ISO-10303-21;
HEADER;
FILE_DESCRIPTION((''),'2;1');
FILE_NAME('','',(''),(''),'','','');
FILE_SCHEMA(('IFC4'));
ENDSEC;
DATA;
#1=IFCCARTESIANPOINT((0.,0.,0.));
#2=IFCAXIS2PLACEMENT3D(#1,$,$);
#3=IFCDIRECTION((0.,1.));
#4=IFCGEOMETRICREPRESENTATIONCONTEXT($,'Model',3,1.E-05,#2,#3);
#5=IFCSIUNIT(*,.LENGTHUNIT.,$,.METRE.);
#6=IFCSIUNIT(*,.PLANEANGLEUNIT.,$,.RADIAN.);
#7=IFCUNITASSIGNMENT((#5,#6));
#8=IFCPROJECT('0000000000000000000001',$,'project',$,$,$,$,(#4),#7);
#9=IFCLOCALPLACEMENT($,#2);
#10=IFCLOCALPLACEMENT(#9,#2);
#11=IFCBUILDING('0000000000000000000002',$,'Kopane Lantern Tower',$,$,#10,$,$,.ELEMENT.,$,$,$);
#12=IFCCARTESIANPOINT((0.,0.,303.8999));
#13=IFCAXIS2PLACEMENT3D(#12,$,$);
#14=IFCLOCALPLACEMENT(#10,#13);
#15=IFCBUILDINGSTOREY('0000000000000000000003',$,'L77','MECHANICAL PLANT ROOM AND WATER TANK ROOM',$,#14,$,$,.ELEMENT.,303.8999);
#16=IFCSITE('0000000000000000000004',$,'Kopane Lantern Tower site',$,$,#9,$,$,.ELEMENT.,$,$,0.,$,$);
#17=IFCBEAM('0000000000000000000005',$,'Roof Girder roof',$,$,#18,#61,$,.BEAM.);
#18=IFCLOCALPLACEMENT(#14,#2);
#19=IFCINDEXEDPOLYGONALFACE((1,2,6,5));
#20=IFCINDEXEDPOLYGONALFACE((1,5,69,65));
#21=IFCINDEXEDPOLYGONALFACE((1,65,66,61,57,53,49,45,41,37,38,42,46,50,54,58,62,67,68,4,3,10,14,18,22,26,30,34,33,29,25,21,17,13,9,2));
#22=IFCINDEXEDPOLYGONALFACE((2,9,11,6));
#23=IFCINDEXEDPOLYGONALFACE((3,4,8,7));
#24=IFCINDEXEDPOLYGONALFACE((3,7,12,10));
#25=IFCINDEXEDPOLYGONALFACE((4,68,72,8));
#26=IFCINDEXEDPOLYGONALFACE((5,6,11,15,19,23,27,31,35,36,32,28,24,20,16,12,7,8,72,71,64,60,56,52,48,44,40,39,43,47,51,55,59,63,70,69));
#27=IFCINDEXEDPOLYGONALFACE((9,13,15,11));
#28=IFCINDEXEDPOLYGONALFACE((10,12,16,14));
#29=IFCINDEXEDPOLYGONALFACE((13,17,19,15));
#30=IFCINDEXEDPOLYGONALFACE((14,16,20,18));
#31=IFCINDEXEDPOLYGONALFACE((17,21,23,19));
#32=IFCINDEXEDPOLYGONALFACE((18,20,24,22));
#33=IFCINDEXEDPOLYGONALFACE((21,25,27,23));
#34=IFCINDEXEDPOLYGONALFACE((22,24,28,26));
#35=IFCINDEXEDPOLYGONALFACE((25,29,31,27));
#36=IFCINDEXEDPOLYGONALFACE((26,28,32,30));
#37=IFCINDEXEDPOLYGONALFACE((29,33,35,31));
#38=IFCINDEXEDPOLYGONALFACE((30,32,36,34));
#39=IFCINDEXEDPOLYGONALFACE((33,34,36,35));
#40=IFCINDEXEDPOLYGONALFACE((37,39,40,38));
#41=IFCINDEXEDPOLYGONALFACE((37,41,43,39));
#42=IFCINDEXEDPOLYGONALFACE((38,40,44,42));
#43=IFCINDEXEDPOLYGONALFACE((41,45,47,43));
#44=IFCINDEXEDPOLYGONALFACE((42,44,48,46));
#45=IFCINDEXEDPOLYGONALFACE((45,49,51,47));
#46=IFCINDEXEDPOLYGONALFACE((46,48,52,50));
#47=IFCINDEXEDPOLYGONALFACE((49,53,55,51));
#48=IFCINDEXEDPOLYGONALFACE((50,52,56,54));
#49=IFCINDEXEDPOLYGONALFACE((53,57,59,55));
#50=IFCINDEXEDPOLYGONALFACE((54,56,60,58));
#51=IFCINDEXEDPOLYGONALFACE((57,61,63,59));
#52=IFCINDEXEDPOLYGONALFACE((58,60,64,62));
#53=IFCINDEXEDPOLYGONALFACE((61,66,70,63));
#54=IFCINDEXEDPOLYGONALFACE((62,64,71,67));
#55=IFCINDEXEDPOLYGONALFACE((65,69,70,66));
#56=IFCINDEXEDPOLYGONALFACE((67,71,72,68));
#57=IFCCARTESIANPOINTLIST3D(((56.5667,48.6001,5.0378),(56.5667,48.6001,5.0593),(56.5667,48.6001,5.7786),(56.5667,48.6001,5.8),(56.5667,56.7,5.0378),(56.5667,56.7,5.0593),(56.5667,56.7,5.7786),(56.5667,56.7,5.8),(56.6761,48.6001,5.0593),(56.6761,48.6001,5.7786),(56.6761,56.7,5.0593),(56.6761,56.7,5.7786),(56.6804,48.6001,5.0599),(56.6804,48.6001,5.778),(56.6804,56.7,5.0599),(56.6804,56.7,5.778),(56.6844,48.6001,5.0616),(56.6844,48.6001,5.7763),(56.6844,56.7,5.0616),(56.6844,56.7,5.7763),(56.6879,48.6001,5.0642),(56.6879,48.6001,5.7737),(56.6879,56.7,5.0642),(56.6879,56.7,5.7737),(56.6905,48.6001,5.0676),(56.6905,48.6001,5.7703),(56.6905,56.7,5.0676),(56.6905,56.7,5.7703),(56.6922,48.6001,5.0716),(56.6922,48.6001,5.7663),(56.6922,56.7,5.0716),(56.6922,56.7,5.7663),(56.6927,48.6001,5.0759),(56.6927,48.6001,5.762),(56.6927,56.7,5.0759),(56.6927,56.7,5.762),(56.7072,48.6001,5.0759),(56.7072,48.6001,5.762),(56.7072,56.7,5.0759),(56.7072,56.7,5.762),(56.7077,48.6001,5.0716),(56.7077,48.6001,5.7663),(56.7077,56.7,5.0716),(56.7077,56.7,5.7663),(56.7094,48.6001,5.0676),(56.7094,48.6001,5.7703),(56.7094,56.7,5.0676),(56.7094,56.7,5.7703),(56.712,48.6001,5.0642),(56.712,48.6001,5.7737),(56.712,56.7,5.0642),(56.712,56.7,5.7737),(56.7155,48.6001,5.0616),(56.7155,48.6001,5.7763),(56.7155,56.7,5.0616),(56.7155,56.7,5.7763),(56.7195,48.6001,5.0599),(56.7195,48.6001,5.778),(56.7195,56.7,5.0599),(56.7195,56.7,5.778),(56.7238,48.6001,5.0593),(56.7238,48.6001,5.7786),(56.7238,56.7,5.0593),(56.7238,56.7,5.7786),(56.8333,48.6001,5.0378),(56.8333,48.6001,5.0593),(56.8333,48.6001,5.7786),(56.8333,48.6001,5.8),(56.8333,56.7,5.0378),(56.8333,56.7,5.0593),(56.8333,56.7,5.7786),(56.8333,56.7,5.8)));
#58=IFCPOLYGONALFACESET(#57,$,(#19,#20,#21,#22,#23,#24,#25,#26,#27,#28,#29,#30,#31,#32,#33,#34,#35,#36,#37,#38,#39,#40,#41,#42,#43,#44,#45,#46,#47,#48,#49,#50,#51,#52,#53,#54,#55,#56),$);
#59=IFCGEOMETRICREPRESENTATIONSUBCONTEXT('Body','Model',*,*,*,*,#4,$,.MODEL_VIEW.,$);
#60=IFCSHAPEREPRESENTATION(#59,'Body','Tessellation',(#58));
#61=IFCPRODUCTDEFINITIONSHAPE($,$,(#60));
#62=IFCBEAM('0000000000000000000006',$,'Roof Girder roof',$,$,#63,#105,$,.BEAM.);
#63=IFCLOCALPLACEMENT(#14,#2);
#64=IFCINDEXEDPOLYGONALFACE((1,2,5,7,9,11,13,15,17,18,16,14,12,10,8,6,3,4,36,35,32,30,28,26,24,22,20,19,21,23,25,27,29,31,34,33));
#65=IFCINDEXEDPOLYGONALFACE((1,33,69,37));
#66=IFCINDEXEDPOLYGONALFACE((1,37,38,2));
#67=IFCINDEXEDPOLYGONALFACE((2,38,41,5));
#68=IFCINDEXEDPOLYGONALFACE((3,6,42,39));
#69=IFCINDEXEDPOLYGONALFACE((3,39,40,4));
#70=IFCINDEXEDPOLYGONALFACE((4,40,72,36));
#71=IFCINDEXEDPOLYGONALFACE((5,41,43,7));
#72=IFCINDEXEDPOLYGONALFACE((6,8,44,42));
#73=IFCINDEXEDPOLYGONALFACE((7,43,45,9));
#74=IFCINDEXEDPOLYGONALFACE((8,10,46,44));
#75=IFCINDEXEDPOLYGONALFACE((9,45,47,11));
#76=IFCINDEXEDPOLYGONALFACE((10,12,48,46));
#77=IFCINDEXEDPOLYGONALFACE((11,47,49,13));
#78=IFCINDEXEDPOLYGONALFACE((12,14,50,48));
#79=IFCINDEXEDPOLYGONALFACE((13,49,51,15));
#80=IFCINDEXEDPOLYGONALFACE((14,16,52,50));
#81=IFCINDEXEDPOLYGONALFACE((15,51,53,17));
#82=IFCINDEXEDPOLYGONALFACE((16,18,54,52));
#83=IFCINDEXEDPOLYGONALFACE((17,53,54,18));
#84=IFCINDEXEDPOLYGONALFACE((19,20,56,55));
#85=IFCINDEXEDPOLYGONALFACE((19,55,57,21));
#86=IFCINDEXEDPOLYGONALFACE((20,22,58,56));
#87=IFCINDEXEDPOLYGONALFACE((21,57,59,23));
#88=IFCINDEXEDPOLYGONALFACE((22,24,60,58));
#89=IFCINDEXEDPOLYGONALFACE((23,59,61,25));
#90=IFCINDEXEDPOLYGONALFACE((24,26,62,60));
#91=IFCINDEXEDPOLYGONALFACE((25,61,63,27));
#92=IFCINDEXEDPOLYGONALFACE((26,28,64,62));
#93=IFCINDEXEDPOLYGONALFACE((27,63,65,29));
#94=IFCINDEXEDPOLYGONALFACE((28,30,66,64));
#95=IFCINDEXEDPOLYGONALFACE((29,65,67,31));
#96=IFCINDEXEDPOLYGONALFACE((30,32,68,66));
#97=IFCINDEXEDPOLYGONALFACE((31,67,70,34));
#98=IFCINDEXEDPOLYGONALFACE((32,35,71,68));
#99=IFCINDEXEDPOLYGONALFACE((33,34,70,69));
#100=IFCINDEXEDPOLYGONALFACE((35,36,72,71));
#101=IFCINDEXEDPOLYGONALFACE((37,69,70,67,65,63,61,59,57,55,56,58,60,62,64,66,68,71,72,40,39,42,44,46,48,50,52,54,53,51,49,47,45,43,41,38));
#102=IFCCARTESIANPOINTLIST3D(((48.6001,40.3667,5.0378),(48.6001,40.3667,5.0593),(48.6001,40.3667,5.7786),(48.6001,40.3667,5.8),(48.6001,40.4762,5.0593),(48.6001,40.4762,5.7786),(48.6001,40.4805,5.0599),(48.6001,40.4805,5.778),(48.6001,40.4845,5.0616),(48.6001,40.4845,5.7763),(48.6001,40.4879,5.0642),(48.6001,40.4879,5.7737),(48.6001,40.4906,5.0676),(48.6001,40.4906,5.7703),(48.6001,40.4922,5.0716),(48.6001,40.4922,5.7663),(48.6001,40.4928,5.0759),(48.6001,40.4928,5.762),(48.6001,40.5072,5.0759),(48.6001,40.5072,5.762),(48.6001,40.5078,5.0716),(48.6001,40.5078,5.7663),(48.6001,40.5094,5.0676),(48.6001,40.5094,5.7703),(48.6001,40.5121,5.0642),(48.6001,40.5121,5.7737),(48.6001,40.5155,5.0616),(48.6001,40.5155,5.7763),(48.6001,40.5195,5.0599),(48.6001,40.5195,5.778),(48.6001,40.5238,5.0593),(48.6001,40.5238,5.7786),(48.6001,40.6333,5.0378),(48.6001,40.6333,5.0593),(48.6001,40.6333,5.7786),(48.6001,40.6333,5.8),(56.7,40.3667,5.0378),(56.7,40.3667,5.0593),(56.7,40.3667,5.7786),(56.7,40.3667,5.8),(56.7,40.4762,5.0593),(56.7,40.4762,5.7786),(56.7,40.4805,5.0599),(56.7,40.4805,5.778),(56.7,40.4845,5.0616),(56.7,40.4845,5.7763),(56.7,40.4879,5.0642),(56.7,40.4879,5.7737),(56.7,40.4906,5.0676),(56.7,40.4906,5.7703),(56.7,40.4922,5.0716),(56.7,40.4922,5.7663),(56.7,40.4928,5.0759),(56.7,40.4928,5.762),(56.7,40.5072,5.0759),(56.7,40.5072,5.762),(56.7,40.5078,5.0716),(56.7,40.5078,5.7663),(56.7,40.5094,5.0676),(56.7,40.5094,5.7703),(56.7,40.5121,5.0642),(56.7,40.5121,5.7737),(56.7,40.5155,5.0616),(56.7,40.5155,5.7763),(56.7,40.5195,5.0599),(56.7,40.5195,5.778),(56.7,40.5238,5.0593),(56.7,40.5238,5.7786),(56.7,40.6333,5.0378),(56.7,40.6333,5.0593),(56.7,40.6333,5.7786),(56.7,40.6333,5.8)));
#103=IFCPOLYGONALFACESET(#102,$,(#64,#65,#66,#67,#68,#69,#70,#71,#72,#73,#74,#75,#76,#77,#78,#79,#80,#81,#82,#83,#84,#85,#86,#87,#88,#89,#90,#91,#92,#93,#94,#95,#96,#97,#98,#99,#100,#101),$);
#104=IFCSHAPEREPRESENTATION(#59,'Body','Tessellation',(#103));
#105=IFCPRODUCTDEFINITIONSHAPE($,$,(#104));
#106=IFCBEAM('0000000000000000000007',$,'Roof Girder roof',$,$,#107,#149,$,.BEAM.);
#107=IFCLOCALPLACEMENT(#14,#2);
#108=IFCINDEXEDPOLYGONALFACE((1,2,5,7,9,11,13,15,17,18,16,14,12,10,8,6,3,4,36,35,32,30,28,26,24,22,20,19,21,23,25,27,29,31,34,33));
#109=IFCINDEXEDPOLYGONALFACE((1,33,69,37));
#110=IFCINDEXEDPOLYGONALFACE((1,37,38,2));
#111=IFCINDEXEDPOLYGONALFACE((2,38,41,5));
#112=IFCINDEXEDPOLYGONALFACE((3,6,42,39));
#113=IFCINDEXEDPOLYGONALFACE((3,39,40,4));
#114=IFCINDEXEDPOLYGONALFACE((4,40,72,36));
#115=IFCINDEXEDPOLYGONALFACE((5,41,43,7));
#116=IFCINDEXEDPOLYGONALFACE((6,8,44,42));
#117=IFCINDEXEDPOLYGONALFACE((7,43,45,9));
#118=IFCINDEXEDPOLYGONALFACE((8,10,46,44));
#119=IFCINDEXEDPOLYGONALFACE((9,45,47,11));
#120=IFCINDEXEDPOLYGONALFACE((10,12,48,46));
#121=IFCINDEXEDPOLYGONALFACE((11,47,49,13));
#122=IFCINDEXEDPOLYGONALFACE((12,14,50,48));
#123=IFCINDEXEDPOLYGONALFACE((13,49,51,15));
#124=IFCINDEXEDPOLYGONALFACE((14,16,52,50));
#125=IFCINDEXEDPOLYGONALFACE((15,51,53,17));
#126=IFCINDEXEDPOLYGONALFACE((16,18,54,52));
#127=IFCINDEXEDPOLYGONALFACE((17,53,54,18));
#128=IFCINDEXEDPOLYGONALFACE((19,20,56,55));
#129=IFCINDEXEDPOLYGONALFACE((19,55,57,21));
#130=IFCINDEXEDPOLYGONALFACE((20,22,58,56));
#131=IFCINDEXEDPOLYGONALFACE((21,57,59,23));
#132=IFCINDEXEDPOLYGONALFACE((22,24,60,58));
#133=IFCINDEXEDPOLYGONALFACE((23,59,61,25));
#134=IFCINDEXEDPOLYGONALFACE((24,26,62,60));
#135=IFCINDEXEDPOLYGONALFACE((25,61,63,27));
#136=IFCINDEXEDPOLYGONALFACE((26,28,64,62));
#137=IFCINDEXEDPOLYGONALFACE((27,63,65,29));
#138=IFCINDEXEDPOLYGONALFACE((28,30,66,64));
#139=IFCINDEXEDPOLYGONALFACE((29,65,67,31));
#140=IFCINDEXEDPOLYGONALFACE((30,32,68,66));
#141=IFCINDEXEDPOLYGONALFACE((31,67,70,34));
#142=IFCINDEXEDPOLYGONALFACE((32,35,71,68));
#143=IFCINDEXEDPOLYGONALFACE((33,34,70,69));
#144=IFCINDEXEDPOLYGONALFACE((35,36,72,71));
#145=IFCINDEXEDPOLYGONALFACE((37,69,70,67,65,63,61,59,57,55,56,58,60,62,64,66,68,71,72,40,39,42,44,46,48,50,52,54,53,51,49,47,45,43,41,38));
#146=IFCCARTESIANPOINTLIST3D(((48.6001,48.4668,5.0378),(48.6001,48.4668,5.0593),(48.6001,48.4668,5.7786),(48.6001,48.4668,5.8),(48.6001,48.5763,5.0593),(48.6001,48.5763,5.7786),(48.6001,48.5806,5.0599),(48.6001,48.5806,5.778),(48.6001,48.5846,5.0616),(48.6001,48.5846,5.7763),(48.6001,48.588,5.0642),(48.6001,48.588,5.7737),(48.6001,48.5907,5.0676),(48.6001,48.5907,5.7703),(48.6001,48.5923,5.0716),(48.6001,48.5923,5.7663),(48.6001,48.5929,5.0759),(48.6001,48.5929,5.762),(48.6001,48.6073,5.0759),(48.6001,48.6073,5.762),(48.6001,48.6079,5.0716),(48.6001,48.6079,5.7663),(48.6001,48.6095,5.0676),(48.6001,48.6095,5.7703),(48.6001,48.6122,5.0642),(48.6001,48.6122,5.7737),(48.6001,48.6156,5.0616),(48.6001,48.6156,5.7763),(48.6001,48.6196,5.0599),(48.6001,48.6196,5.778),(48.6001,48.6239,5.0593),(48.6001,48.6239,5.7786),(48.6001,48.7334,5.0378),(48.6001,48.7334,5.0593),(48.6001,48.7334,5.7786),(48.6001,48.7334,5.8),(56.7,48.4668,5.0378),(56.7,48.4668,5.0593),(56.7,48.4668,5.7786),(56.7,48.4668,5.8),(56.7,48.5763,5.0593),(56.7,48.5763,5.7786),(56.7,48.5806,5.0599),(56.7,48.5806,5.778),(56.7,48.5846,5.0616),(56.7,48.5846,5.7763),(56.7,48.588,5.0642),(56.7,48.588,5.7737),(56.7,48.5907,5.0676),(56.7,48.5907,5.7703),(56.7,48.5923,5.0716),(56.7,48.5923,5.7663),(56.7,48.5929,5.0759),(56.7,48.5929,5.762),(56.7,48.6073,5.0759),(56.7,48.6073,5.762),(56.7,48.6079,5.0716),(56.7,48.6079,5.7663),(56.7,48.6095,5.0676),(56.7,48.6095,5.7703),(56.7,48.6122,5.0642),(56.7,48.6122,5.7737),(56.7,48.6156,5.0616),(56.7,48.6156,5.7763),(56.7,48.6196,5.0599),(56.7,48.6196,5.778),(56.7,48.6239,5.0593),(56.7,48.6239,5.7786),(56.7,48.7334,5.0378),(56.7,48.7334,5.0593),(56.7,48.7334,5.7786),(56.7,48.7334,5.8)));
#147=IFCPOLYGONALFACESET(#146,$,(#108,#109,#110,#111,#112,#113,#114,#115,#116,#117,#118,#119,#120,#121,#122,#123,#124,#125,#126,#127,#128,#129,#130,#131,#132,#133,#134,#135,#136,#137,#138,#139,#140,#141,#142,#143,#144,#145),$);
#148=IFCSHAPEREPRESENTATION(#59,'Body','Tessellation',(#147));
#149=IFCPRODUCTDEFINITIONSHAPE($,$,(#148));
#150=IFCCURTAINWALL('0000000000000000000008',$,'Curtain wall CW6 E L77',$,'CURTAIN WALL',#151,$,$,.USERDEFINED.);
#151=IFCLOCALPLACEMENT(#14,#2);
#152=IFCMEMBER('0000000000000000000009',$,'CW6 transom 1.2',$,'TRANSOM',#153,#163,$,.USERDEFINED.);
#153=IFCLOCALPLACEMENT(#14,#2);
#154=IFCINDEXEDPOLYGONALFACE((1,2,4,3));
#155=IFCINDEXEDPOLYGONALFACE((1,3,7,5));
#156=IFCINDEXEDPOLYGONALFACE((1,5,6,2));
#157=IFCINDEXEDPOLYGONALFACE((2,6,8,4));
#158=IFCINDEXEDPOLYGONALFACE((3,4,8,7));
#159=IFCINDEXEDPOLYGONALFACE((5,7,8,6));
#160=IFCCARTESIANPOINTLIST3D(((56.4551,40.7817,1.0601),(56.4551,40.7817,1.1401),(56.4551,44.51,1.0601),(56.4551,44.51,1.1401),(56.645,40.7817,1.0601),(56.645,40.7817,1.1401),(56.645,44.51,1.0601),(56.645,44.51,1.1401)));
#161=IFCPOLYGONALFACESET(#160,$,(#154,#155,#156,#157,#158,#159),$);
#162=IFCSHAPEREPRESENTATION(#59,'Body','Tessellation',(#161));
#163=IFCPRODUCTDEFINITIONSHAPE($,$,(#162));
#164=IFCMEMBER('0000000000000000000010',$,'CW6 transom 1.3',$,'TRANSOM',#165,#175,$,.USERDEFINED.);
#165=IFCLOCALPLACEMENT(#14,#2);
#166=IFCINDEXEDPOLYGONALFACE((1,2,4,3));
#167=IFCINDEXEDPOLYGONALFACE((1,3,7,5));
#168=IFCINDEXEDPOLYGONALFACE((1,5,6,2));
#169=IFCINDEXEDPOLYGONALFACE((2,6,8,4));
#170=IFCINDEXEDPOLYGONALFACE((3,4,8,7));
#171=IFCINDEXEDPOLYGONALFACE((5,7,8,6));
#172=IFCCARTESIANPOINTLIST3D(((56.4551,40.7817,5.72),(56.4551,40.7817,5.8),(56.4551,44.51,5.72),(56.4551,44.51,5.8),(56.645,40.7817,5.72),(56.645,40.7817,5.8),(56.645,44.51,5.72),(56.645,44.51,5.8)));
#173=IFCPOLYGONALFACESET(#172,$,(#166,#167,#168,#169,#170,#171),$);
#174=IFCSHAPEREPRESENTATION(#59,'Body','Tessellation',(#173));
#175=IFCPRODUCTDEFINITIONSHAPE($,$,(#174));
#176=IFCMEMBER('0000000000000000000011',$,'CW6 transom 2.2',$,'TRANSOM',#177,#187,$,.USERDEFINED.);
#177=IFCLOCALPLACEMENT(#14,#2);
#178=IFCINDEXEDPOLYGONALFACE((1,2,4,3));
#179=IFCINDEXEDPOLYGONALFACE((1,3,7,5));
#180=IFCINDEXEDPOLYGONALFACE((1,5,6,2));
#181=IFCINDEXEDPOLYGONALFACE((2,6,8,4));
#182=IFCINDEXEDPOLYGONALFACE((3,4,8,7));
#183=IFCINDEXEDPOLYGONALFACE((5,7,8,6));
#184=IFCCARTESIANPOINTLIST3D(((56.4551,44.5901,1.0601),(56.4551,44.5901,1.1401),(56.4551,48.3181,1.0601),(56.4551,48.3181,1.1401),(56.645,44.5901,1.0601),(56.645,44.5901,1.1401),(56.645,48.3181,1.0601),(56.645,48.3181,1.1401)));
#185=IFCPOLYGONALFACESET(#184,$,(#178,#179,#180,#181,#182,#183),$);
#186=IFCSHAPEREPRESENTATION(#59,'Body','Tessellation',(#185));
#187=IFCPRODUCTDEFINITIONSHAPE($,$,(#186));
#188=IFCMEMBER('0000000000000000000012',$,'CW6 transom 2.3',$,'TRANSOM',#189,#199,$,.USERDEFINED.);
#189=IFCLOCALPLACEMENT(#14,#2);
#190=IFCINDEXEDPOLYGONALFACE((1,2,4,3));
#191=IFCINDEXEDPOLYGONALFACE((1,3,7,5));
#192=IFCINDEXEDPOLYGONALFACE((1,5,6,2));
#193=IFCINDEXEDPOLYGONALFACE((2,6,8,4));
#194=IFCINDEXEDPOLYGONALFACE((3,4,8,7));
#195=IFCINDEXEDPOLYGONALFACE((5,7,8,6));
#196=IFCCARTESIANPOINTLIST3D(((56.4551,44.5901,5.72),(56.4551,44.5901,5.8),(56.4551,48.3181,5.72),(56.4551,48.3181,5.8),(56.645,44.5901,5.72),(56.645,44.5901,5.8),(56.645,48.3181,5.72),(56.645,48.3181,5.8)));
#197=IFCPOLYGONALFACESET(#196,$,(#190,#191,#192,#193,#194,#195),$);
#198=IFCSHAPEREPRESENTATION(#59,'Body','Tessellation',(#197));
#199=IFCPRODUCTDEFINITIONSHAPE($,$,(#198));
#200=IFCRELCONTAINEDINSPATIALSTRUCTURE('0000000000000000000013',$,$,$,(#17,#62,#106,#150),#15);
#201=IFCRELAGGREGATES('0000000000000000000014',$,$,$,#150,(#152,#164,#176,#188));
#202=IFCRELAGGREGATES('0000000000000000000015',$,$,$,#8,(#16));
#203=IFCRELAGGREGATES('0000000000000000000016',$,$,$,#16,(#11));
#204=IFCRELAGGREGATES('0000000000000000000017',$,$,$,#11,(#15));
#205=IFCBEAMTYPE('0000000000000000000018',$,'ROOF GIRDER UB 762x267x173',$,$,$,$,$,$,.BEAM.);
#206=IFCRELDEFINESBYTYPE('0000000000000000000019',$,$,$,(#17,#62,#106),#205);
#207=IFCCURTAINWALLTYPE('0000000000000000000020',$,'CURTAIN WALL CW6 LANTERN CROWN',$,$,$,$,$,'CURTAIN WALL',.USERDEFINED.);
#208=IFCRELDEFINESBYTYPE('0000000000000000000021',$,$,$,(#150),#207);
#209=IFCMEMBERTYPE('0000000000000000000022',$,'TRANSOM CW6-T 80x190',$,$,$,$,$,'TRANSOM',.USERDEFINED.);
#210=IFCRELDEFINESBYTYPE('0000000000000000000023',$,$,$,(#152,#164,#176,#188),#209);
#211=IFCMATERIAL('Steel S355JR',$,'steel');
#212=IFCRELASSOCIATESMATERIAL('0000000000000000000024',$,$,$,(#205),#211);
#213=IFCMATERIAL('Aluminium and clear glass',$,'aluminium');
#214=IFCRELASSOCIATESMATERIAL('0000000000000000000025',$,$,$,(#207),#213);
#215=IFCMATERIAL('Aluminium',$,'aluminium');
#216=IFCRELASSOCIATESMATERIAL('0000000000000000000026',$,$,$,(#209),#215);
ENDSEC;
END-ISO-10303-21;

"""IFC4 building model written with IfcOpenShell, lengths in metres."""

from ifc_helpers import new_model, si_unit, direction, frame, origin, origin_2d, place, context, subcontext, project, spatial, rectangle, i_section, extrude, material, material_profile, profile_set, type_object, element, aggregate, save


model = new_model("IFC4")

# Units and contexts
model_context = context("Model", 3, precision=1e-05, world=origin(), true_north=direction((0.0, 1.0)))
body_context = subcontext(model_context, "Body", "Model", "MODEL_VIEW")
ifc_project = project(units=[si_unit("LENGTHUNIT", "METRE"), si_unit("PLANEANGLEUNIT", "RADIAN")], contexts=[model_context])

# Site, building, storey
site_placement = place(None, origin())
site = spatial("IfcSite", under=ifc_project, at=site_placement, Name="Kopane Lantern Tower site", CompositionType="ELEMENT", RefElevation=0.0)
building_placement = place(site_placement, origin())
building = spatial("IfcBuilding", under=site, at=building_placement, Name="Kopane Lantern Tower", CompositionType="ELEMENT")
storey_placement = place(building_placement, frame((0.0, 0.0, 303.8999)))
storey = spatial("IfcBuildingStorey", under=building, at=storey_placement, Name="L77", Description="MECHANICAL PLANT ROOM AND WATER TANK ROOM", CompositionType="ELEMENT", Elevation=303.8999)

# Beams
ifc_material_1 = material(Name="Steel S355JR", Category="steel")
ifc_material_profile_1 = material_profile(ifc_material_1, i_section(OverallWidth=0.2666, OverallDepth=0.7622, WebThickness=0.0144, FlangeThickness=0.0215, FilletRadius=0.0166, at=origin_2d()), Name="UB 762x267x173")
ifc_profile_set_1 = profile_set([ifc_material_profile_1], Name="Steel S355JR")
beam_type = type_object("IfcBeamType", Name="ROOF GIRDER UB 762x267x173", PredefinedType="BEAM", material=ifc_profile_set_1)
for number, where, z_axis, x_axis, name in (
    (1, (56.7, 48.6001, 5.4189), (0.0, 1.0, 0.0), (-1.0, 0.0, 0.0), "Roof Girder roof"),
    (2, (48.6001, 40.5, 5.4189), (1.0, 0.0, 0.0), (0.0, 1.0, 0.0), "Roof Girder roof"),
    (3, (48.6001, 48.6001, 5.4189), (1.0, 0.0, 0.0), (0.0, 1.0, 0.0), "Roof Girder roof"),
):
    element("IfcBeam", number, at=place(storey_placement, frame(where, z_axis=z_axis, x_axis=x_axis)), inside=storey, type_object=beam_type, Name=name, PredefinedType="BEAM", context=body_context, shape_type="SweptSolid", body=[
        extrude(i_section(OverallWidth=0.2666, OverallDepth=0.7622, WebThickness=0.0144, FlangeThickness=0.0215, FilletRadius=0.0166, at=origin_2d()), origin(), (0.0, 0.0, 1.0), 8.0999),
    ])

# Curtain wall, members
ifc_material_2 = material(Name="Aluminium and clear glass", Category="aluminium")
curtain_wall_type = type_object("IfcCurtainWallType", Name="CURTAIN WALL CW6 LANTERN CROWN", ElementType="CURTAIN WALL", PredefinedType="USERDEFINED", material=ifc_material_2)
curtain_wall_1_placement = place(storey_placement, origin())
curtain_wall_1 = element("IfcCurtainWall", 4, at=curtain_wall_1_placement, inside=storey, type_object=curtain_wall_type, Name="Curtain wall CW6 E L77", ObjectType="CURTAIN WALL", PredefinedType="USERDEFINED")
ifc_material_3 = material(Name="Aluminium", Category="aluminium")
ifc_material_profile_2 = material_profile(ifc_material_3, rectangle(XDim=0.1899, YDim=0.0801, at=origin_2d()), Name="AL 190x80")
ifc_profile_set_2 = profile_set([ifc_material_profile_2], Name="Aluminium")
member_type = type_object("IfcMemberType", Name="TRANSOM CW6-T 80x190", ElementType="TRANSOM", PredefinedType="USERDEFINED", material=ifc_profile_set_2)
member_1_placement = place(storey_placement, frame((56.55, 40.7817, 1.1001), z_axis=(0.0, 1.0, 0.0), x_axis=(-1.0, 0.0, 0.0)))
member_1 = element("IfcMember", 5, at=member_1_placement, type_object=member_type, Name="CW6 transom 1.2", ObjectType="TRANSOM", PredefinedType="USERDEFINED", context=body_context, shape_type="SweptSolid", body=[
    extrude(rectangle(XDim=0.1899, YDim=0.0801, at=origin_2d()), origin(), (0.0, 0.0, 1.0), 3.7283),
])
member_2_placement = place(storey_placement, frame((56.55, 40.7817, 5.76), z_axis=(0.0, 1.0, 0.0), x_axis=(-1.0, 0.0, 0.0)))
member_2 = element("IfcMember", 6, at=member_2_placement, type_object=member_type, Name="CW6 transom 1.3", ObjectType="TRANSOM", PredefinedType="USERDEFINED", context=body_context, shape_type="SweptSolid", body=[
    extrude(rectangle(XDim=0.1899, YDim=0.0801, at=origin_2d()), origin(), (0.0, 0.0, 1.0), 3.7283),
])
member_3_placement = place(storey_placement, frame((56.55, 44.5901, 1.1001), z_axis=(0.0, 1.0, 0.0), x_axis=(-1.0, 0.0, 0.0)))
member_3 = element("IfcMember", 7, at=member_3_placement, type_object=member_type, Name="CW6 transom 2.2", ObjectType="TRANSOM", PredefinedType="USERDEFINED", context=body_context, shape_type="SweptSolid", body=[
    extrude(rectangle(XDim=0.1899, YDim=0.0801, at=origin_2d()), origin(), (0.0, 0.0, 1.0), 3.728),
])
member_4_placement = place(storey_placement, frame((56.55, 44.5901, 5.76), z_axis=(0.0, 1.0, 0.0), x_axis=(-1.0, 0.0, 0.0)))
member_4 = element("IfcMember", 8, at=member_4_placement, type_object=member_type, Name="CW6 transom 2.3", ObjectType="TRANSOM", PredefinedType="USERDEFINED", context=body_context, shape_type="SweptSolid", body=[
    extrude(rectangle(XDim=0.1899, YDim=0.0801, at=origin_2d()), origin(), (0.0, 0.0, 1.0), 3.728),
])

aggregate(curtain_wall_1, [member_1, member_2, member_3, member_4])

save(model, "model.ifc")
